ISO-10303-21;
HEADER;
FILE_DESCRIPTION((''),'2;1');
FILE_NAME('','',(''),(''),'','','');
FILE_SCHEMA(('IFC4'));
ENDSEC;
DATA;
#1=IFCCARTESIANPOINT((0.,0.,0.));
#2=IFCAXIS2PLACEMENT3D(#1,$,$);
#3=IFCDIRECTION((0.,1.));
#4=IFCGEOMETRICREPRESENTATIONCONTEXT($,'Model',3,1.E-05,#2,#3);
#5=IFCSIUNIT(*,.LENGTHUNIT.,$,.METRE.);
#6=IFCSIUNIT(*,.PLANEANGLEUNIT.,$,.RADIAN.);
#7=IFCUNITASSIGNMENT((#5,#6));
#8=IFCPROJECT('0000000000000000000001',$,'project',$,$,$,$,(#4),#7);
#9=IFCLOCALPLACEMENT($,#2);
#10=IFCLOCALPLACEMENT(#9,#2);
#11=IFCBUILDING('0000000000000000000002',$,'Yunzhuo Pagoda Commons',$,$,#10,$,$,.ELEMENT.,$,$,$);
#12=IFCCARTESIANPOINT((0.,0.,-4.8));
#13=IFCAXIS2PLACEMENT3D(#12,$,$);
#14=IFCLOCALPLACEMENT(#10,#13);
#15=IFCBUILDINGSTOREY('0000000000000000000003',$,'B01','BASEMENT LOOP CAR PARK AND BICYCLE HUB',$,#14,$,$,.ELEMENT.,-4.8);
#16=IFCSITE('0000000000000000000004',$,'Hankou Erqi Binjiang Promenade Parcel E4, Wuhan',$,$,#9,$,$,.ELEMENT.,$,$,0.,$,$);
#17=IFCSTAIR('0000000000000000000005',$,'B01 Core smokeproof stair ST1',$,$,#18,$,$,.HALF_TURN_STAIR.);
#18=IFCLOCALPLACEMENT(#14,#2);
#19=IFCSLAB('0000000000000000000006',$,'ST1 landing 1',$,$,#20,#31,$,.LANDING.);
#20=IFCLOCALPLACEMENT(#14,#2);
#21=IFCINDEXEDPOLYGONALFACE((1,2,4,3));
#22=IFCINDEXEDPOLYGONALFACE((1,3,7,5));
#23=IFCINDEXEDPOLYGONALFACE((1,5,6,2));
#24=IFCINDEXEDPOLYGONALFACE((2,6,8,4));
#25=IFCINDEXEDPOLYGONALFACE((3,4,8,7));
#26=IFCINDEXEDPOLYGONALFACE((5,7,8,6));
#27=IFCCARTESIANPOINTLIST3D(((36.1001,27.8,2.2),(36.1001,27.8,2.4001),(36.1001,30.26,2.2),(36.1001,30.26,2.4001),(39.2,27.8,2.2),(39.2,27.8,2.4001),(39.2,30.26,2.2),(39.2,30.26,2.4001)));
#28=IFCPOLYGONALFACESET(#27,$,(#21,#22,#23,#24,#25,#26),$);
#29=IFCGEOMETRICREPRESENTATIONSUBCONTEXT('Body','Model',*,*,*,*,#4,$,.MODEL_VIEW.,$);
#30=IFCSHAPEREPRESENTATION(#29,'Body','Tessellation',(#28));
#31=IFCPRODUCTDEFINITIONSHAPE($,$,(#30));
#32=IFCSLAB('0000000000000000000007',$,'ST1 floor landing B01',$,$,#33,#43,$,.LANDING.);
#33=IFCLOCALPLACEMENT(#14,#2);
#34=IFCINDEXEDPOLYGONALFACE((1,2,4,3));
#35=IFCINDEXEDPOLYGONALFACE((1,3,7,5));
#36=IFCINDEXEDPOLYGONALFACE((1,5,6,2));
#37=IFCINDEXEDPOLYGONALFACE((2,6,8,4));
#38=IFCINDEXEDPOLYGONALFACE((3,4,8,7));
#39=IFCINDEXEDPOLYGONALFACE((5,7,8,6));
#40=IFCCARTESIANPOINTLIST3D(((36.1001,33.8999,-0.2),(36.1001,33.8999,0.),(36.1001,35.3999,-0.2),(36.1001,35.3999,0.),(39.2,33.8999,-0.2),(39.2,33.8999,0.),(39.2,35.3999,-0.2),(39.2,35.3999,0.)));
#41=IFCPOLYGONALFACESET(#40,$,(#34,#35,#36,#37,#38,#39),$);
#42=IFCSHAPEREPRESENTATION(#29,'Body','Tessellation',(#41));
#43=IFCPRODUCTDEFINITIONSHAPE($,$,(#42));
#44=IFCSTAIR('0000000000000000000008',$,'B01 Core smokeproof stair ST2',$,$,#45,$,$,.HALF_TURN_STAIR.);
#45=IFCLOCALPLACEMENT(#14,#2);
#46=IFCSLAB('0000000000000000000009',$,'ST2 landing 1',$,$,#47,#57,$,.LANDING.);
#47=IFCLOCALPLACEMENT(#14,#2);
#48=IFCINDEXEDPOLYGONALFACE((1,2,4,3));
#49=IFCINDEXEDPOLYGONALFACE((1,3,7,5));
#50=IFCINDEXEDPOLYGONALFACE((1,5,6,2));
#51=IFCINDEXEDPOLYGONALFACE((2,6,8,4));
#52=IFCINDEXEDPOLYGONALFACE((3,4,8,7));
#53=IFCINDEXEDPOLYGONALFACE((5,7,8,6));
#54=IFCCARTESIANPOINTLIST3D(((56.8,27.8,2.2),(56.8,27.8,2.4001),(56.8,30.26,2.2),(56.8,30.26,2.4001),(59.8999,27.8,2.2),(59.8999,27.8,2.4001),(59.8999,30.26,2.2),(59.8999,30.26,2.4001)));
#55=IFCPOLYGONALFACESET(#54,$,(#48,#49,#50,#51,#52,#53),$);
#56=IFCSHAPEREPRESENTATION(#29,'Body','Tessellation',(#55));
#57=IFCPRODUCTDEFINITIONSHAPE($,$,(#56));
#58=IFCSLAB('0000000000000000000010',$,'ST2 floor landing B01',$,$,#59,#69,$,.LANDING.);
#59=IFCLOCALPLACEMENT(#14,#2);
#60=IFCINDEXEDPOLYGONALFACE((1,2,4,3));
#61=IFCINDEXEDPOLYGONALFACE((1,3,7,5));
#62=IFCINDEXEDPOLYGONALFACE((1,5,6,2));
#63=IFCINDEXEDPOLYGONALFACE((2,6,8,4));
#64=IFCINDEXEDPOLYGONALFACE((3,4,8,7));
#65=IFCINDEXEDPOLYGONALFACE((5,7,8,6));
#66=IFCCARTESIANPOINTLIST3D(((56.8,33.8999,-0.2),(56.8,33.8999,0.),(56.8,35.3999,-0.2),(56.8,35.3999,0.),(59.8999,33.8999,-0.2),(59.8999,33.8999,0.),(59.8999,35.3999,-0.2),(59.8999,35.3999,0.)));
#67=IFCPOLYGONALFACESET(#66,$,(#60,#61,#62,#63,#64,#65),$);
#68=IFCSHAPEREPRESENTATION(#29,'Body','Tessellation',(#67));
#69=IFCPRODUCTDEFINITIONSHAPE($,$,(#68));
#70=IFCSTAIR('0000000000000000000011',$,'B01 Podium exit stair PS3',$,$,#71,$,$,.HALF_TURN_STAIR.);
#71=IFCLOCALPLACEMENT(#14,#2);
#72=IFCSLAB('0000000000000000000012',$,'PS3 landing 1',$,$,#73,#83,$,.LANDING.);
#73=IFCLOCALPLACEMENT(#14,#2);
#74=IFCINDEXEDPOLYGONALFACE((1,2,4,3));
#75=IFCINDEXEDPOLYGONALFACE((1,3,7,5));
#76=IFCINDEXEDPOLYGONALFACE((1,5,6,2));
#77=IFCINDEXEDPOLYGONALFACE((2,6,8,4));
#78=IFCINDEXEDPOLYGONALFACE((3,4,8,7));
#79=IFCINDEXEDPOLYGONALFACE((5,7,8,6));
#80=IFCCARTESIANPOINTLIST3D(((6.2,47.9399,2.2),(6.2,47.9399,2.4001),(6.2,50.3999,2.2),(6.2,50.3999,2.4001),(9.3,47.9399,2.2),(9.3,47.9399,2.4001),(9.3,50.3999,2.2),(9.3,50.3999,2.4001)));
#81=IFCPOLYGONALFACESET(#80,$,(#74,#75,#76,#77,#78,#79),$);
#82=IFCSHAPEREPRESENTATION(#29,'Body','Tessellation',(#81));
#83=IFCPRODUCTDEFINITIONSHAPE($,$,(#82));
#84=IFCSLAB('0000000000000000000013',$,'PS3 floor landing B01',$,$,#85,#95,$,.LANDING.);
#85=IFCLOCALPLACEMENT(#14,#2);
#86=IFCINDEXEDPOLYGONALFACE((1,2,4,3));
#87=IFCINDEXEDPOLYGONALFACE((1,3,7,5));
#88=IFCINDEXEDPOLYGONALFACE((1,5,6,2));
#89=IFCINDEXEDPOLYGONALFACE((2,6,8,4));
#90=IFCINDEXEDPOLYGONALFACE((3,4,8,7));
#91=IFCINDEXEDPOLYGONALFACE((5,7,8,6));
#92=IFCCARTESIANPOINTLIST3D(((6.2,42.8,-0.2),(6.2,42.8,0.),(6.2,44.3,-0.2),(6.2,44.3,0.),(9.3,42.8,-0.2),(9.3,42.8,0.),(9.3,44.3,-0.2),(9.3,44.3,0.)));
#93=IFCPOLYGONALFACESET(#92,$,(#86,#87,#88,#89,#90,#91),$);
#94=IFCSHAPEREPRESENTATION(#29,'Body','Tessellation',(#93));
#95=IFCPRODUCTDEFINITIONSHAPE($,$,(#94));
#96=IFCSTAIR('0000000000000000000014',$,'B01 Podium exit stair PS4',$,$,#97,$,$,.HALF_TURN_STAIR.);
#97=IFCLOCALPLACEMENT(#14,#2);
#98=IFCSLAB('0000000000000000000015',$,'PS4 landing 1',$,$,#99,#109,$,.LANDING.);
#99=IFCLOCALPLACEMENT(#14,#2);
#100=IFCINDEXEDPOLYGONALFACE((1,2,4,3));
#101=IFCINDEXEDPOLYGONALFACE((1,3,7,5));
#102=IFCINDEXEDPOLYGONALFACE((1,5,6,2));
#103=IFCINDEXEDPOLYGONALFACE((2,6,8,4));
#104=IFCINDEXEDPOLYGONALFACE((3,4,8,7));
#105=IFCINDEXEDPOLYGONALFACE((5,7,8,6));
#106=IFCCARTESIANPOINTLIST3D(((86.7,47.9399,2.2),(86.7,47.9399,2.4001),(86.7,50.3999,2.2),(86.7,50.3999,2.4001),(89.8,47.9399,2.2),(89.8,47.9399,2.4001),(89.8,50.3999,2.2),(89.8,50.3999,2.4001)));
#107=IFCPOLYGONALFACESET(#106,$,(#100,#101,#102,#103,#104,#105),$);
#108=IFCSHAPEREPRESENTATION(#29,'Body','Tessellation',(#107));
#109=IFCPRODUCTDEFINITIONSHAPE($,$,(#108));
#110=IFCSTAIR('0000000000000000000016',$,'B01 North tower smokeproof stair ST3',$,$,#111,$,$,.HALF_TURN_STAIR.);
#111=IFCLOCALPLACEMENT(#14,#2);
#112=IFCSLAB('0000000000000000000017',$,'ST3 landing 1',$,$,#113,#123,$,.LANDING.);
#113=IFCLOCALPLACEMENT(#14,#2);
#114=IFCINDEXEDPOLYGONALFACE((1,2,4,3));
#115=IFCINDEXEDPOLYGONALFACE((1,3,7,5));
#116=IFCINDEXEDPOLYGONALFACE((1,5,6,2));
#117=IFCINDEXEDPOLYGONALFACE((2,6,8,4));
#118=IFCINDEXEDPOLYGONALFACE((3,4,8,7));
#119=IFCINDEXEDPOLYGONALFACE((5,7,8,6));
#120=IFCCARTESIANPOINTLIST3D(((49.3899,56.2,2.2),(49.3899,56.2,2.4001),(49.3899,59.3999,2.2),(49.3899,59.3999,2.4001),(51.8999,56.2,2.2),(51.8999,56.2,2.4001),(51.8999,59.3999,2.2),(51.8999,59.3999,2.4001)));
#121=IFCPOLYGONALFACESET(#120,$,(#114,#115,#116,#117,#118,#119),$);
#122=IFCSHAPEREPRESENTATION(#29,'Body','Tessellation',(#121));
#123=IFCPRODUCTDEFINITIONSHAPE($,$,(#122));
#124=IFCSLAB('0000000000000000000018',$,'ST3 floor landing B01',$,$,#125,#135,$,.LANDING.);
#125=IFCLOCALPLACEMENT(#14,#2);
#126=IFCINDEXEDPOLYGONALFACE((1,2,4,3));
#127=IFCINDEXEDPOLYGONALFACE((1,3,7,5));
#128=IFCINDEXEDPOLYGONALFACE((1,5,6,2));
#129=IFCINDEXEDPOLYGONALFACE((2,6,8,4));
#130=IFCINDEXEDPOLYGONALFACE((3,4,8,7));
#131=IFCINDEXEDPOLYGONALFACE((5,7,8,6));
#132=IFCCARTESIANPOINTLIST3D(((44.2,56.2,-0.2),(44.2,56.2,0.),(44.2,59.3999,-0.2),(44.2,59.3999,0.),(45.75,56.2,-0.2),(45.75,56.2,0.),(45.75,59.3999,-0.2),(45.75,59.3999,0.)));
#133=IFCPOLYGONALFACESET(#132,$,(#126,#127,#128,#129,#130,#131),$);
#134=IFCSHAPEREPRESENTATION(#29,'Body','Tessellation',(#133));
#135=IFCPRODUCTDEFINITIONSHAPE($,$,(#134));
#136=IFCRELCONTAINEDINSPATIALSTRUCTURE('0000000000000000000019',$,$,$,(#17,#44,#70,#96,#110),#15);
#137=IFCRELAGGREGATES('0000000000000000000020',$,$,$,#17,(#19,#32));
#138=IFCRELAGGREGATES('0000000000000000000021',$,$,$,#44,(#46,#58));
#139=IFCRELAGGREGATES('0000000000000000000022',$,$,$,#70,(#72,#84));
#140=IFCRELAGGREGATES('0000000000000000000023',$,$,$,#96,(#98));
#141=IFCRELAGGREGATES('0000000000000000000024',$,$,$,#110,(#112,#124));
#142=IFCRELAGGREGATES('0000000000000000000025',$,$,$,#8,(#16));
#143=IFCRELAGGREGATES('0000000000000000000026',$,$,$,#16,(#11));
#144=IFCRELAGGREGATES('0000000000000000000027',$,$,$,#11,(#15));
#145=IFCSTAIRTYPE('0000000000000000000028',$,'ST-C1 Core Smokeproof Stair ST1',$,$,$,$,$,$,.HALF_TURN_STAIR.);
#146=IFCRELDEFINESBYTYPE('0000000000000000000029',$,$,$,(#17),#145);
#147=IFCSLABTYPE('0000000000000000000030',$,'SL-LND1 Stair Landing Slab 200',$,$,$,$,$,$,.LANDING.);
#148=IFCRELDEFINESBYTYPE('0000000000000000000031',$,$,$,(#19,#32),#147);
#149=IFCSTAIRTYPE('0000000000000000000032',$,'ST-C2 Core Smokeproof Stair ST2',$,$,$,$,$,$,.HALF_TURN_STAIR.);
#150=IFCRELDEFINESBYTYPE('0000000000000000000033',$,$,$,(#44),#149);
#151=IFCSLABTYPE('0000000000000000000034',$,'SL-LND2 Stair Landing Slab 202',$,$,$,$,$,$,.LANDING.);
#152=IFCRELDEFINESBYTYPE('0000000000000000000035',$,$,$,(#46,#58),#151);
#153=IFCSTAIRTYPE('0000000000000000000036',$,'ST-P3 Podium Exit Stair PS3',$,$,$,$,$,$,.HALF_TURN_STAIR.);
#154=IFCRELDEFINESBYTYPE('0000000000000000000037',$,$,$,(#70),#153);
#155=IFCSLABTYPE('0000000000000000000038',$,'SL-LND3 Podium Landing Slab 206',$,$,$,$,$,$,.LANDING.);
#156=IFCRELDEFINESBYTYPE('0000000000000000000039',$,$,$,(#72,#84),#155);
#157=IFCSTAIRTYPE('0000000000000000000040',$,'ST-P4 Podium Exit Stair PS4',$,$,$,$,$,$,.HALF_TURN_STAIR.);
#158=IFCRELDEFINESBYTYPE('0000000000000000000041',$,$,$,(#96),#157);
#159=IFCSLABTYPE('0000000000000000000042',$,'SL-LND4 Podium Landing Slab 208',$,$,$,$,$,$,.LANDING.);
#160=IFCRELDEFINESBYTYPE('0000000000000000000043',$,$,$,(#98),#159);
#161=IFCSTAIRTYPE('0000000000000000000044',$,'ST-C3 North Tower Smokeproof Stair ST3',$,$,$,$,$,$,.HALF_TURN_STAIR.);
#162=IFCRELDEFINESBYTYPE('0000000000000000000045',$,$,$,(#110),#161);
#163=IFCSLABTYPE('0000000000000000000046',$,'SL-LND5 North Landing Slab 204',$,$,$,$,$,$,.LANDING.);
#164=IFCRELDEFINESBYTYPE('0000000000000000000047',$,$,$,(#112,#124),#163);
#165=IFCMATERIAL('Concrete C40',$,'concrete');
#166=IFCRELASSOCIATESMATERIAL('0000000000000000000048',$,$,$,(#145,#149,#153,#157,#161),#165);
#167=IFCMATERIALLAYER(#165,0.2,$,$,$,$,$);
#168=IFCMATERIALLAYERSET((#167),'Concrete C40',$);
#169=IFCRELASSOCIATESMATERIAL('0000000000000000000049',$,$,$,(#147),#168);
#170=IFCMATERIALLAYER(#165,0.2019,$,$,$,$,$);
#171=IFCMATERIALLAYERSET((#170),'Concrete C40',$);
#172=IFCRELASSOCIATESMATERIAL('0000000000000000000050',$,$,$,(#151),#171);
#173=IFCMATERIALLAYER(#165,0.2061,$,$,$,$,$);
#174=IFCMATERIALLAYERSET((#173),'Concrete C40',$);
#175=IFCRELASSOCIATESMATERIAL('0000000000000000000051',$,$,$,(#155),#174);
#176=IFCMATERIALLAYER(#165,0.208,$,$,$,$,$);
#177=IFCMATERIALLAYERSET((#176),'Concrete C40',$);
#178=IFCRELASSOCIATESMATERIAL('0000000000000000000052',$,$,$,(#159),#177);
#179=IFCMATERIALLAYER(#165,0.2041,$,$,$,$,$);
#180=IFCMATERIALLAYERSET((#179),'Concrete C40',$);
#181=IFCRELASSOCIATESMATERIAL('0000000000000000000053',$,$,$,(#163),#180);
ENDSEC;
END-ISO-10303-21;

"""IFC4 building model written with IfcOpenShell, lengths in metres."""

from ifc_helpers import new_model, si_unit, direction, frame, origin, place, context, subcontext, project, spatial, polyline, outline, extrude, material, layer, layer_set, type_object, element, aggregate, save


model = new_model("IFC4")

# Units and contexts
model_context = context("Model", 3, precision=1e-05, world=origin(), true_north=direction((0.0, 1.0)))
body_context = subcontext(model_context, "Body", "Model", "MODEL_VIEW")
ifc_project = project(units=[si_unit("LENGTHUNIT", "METRE"), si_unit("PLANEANGLEUNIT", "RADIAN")], contexts=[model_context])

# Site, building, storey
site_placement = place(None, origin())
site = spatial("IfcSite", under=ifc_project, at=site_placement, Name="Hankou Erqi Binjiang Promenade Parcel E4, Wuhan", CompositionType="ELEMENT", RefElevation=0.0)
building_placement = place(site_placement, origin())
building = spatial("IfcBuilding", under=site, at=building_placement, Name="Yunzhuo Pagoda Commons", CompositionType="ELEMENT")
storey_placement = place(building_placement, frame((0.0, 0.0, -4.8)))
storey = spatial("IfcBuildingStorey", under=building, at=storey_placement, Name="B01", Description="BASEMENT LOOP CAR PARK AND BICYCLE HUB", CompositionType="ELEMENT", Elevation=-4.8)

# Shared definitions
ifc_material = material(Name="Concrete C40", Category="concrete")

# Stairs, slabs
stair_type_1 = type_object("IfcStairType", Name="ST-C1 Core Smokeproof Stair ST1", PredefinedType="HALF_TURN_STAIR", material=ifc_material)
stair_1_placement = place(storey_placement, origin())
stair_1 = element("IfcStair", 1, at=stair_1_placement, inside=storey, type_object=stair_type_1, Name="B01 Core smokeproof stair ST1", PredefinedType="HALF_TURN_STAIR")
ifc_layer_1 = layer(ifc_material, 0.2)
ifc_layer_set_1 = layer_set([ifc_layer_1], Name="Concrete C40")
slab_type_1 = type_object("IfcSlabType", Name="SL-LND1 Stair Landing Slab 200", PredefinedType="LANDING", material=ifc_layer_set_1)
slab_1_placement = place(storey_placement, frame((0.0, 0.0, 2.2)))
slab_1 = element("IfcSlab", 2, at=slab_1_placement, type_object=slab_type_1, Name="ST1 landing 1", PredefinedType="LANDING", context=body_context, shape_type="SweptSolid", body=[
    extrude(outline(polyline([(36.1001, 30.26), (36.1001, 27.8), (39.2, 27.8), (39.2, 30.26), (36.1001, 30.26)])), origin(), (0.0, 0.0, 1.0), 0.2002),
])
slab_2_placement = place(storey_placement, frame((0.0, 0.0, -0.2)))
slab_2 = element("IfcSlab", 3, at=slab_2_placement, type_object=slab_type_1, Name="ST1 floor landing B01", PredefinedType="LANDING", context=body_context, shape_type="SweptSolid", body=[
    extrude(outline(polyline([(36.1001, 35.3999), (36.1001, 33.8999), (39.2, 33.8999), (39.2, 35.3999), (36.1001, 35.3999)])), origin(), (0.0, 0.0, 1.0), 0.2),
])
aggregate(stair_1, [slab_1, slab_2])
stair_type_2 = type_object("IfcStairType", Name="ST-C2 Core Smokeproof Stair ST2", PredefinedType="HALF_TURN_STAIR", material=ifc_material)
stair_2_placement = place(storey_placement, origin())
stair_2 = element("IfcStair", 4, at=stair_2_placement, inside=storey, type_object=stair_type_2, Name="B01 Core smokeproof stair ST2", PredefinedType="HALF_TURN_STAIR")
ifc_layer_2 = layer(ifc_material, 0.2019)
ifc_layer_set_2 = layer_set([ifc_layer_2], Name="Concrete C40")
slab_type_2 = type_object("IfcSlabType", Name="SL-LND2 Stair Landing Slab 202", PredefinedType="LANDING", material=ifc_layer_set_2)
slab_3_placement = place(storey_placement, frame((0.0, 0.0, 2.2)))
slab_3 = element("IfcSlab", 5, at=slab_3_placement, type_object=slab_type_2, Name="ST2 landing 1", PredefinedType="LANDING", context=body_context, shape_type="SweptSolid", body=[
    extrude(outline(polyline([(56.8, 30.26), (56.8, 27.8), (59.8999, 27.8), (59.8999, 30.26), (56.8, 30.26)])), origin(), (0.0, 0.0, 1.0), 0.2002),
])
slab_4_placement = place(storey_placement, frame((0.0, 0.0, -0.2)))
slab_4 = element("IfcSlab", 6, at=slab_4_placement, type_object=slab_type_2, Name="ST2 floor landing B01", PredefinedType="LANDING", context=body_context, shape_type="SweptSolid", body=[
    extrude(outline(polyline([(56.8, 35.3999), (56.8, 33.8999), (59.8999, 33.8999), (59.8999, 35.3999), (56.8, 35.3999)])), origin(), (0.0, 0.0, 1.0), 0.2),
])
aggregate(stair_2, [slab_3, slab_4])
stair_type_3 = type_object("IfcStairType", Name="ST-P3 Podium Exit Stair PS3", PredefinedType="HALF_TURN_STAIR", material=ifc_material)
stair_3_placement = place(storey_placement, origin())
stair_3 = element("IfcStair", 7, at=stair_3_placement, inside=storey, type_object=stair_type_3, Name="B01 Podium exit stair PS3", PredefinedType="HALF_TURN_STAIR")
ifc_layer_3 = layer(ifc_material, 0.2061)
ifc_layer_set_3 = layer_set([ifc_layer_3], Name="Concrete C40")
slab_type_3 = type_object("IfcSlabType", Name="SL-LND3 Podium Landing Slab 206", PredefinedType="LANDING", material=ifc_layer_set_3)
slab_5_placement = place(storey_placement, frame((0.0, 0.0, 2.2)))
slab_5 = element("IfcSlab", 8, at=slab_5_placement, type_object=slab_type_3, Name="PS3 landing 1", PredefinedType="LANDING", context=body_context, shape_type="SweptSolid", body=[
    extrude(outline(polyline([(9.3, 47.9399), (9.3, 50.3999), (6.2, 50.3999), (6.2, 47.9399), (9.3, 47.9399)])), origin(), (0.0, 0.0, 1.0), 0.2002),
])
slab_6_placement = place(storey_placement, frame((0.0, 0.0, -0.2)))
slab_6 = element("IfcSlab", 9, at=slab_6_placement, type_object=slab_type_3, Name="PS3 floor landing B01", PredefinedType="LANDING", context=body_context, shape_type="SweptSolid", body=[
    extrude(outline(polyline([(9.3, 42.8), (9.3, 44.3), (6.2, 44.3), (6.2, 42.8), (9.3, 42.8)])), origin(), (0.0, 0.0, 1.0), 0.2),
])
aggregate(stair_3, [slab_5, slab_6])

# Stair, slab
stair_type_4 = type_object("IfcStairType", Name="ST-P4 Podium Exit Stair PS4", PredefinedType="HALF_TURN_STAIR", material=ifc_material)
stair_4_placement = place(storey_placement, origin())
stair_4 = element("IfcStair", 10, at=stair_4_placement, inside=storey, type_object=stair_type_4, Name="B01 Podium exit stair PS4", PredefinedType="HALF_TURN_STAIR")
ifc_layer_4 = layer(ifc_material, 0.208)
ifc_layer_set_4 = layer_set([ifc_layer_4], Name="Concrete C40")
slab_type_4 = type_object("IfcSlabType", Name="SL-LND4 Podium Landing Slab 208", PredefinedType="LANDING", material=ifc_layer_set_4)
slab_7_placement = place(storey_placement, frame((0.0, 0.0, 2.2)))
slab_7 = element("IfcSlab", 11, at=slab_7_placement, type_object=slab_type_4, Name="PS4 landing 1", PredefinedType="LANDING", context=body_context, shape_type="SweptSolid", body=[
    extrude(outline(polyline([(89.8, 47.9399), (89.8, 50.3999), (86.7, 50.3999), (86.7, 47.9399), (89.8, 47.9399)])), origin(), (0.0, 0.0, 1.0), 0.2002),
])
aggregate(stair_4, [slab_7])

# Stair, slabs
stair_type_5 = type_object("IfcStairType", Name="ST-C3 North Tower Smokeproof Stair ST3", PredefinedType="HALF_TURN_STAIR", material=ifc_material)
stair_5_placement = place(storey_placement, origin())
stair_5 = element("IfcStair", 12, at=stair_5_placement, inside=storey, type_object=stair_type_5, Name="B01 North tower smokeproof stair ST3", PredefinedType="HALF_TURN_STAIR")
ifc_layer_5 = layer(ifc_material, 0.2041)
ifc_layer_set_5 = layer_set([ifc_layer_5], Name="Concrete C40")
slab_type_5 = type_object("IfcSlabType", Name="SL-LND5 North Landing Slab 204", PredefinedType="LANDING", material=ifc_layer_set_5)
slab_8_placement = place(storey_placement, frame((0.0, 0.0, 2.2)))
slab_8 = element("IfcSlab", 13, at=slab_8_placement, type_object=slab_type_5, Name="ST3 landing 1", PredefinedType="LANDING", context=body_context, shape_type="SweptSolid", body=[
    extrude(outline(polyline([(49.3899, 56.2), (51.8999, 56.2), (51.8999, 59.3999), (49.3899, 59.3999), (49.3899, 56.2)])), origin(), (0.0, 0.0, 1.0), 0.2002),
])
slab_9_placement = place(storey_placement, frame((0.0, 0.0, -0.2)))
slab_9 = element("IfcSlab", 14, at=slab_9_placement, type_object=slab_type_5, Name="ST3 floor landing B01", PredefinedType="LANDING", context=body_context, shape_type="SweptSolid", body=[
    extrude(outline(polyline([(44.2, 56.2), (45.75, 56.2), (45.75, 59.3999), (44.2, 59.3999), (44.2, 56.2)])), origin(), (0.0, 0.0, 1.0), 0.2),
])
aggregate(stair_5, [slab_8, slab_9])

save(model, "model.ifc")
